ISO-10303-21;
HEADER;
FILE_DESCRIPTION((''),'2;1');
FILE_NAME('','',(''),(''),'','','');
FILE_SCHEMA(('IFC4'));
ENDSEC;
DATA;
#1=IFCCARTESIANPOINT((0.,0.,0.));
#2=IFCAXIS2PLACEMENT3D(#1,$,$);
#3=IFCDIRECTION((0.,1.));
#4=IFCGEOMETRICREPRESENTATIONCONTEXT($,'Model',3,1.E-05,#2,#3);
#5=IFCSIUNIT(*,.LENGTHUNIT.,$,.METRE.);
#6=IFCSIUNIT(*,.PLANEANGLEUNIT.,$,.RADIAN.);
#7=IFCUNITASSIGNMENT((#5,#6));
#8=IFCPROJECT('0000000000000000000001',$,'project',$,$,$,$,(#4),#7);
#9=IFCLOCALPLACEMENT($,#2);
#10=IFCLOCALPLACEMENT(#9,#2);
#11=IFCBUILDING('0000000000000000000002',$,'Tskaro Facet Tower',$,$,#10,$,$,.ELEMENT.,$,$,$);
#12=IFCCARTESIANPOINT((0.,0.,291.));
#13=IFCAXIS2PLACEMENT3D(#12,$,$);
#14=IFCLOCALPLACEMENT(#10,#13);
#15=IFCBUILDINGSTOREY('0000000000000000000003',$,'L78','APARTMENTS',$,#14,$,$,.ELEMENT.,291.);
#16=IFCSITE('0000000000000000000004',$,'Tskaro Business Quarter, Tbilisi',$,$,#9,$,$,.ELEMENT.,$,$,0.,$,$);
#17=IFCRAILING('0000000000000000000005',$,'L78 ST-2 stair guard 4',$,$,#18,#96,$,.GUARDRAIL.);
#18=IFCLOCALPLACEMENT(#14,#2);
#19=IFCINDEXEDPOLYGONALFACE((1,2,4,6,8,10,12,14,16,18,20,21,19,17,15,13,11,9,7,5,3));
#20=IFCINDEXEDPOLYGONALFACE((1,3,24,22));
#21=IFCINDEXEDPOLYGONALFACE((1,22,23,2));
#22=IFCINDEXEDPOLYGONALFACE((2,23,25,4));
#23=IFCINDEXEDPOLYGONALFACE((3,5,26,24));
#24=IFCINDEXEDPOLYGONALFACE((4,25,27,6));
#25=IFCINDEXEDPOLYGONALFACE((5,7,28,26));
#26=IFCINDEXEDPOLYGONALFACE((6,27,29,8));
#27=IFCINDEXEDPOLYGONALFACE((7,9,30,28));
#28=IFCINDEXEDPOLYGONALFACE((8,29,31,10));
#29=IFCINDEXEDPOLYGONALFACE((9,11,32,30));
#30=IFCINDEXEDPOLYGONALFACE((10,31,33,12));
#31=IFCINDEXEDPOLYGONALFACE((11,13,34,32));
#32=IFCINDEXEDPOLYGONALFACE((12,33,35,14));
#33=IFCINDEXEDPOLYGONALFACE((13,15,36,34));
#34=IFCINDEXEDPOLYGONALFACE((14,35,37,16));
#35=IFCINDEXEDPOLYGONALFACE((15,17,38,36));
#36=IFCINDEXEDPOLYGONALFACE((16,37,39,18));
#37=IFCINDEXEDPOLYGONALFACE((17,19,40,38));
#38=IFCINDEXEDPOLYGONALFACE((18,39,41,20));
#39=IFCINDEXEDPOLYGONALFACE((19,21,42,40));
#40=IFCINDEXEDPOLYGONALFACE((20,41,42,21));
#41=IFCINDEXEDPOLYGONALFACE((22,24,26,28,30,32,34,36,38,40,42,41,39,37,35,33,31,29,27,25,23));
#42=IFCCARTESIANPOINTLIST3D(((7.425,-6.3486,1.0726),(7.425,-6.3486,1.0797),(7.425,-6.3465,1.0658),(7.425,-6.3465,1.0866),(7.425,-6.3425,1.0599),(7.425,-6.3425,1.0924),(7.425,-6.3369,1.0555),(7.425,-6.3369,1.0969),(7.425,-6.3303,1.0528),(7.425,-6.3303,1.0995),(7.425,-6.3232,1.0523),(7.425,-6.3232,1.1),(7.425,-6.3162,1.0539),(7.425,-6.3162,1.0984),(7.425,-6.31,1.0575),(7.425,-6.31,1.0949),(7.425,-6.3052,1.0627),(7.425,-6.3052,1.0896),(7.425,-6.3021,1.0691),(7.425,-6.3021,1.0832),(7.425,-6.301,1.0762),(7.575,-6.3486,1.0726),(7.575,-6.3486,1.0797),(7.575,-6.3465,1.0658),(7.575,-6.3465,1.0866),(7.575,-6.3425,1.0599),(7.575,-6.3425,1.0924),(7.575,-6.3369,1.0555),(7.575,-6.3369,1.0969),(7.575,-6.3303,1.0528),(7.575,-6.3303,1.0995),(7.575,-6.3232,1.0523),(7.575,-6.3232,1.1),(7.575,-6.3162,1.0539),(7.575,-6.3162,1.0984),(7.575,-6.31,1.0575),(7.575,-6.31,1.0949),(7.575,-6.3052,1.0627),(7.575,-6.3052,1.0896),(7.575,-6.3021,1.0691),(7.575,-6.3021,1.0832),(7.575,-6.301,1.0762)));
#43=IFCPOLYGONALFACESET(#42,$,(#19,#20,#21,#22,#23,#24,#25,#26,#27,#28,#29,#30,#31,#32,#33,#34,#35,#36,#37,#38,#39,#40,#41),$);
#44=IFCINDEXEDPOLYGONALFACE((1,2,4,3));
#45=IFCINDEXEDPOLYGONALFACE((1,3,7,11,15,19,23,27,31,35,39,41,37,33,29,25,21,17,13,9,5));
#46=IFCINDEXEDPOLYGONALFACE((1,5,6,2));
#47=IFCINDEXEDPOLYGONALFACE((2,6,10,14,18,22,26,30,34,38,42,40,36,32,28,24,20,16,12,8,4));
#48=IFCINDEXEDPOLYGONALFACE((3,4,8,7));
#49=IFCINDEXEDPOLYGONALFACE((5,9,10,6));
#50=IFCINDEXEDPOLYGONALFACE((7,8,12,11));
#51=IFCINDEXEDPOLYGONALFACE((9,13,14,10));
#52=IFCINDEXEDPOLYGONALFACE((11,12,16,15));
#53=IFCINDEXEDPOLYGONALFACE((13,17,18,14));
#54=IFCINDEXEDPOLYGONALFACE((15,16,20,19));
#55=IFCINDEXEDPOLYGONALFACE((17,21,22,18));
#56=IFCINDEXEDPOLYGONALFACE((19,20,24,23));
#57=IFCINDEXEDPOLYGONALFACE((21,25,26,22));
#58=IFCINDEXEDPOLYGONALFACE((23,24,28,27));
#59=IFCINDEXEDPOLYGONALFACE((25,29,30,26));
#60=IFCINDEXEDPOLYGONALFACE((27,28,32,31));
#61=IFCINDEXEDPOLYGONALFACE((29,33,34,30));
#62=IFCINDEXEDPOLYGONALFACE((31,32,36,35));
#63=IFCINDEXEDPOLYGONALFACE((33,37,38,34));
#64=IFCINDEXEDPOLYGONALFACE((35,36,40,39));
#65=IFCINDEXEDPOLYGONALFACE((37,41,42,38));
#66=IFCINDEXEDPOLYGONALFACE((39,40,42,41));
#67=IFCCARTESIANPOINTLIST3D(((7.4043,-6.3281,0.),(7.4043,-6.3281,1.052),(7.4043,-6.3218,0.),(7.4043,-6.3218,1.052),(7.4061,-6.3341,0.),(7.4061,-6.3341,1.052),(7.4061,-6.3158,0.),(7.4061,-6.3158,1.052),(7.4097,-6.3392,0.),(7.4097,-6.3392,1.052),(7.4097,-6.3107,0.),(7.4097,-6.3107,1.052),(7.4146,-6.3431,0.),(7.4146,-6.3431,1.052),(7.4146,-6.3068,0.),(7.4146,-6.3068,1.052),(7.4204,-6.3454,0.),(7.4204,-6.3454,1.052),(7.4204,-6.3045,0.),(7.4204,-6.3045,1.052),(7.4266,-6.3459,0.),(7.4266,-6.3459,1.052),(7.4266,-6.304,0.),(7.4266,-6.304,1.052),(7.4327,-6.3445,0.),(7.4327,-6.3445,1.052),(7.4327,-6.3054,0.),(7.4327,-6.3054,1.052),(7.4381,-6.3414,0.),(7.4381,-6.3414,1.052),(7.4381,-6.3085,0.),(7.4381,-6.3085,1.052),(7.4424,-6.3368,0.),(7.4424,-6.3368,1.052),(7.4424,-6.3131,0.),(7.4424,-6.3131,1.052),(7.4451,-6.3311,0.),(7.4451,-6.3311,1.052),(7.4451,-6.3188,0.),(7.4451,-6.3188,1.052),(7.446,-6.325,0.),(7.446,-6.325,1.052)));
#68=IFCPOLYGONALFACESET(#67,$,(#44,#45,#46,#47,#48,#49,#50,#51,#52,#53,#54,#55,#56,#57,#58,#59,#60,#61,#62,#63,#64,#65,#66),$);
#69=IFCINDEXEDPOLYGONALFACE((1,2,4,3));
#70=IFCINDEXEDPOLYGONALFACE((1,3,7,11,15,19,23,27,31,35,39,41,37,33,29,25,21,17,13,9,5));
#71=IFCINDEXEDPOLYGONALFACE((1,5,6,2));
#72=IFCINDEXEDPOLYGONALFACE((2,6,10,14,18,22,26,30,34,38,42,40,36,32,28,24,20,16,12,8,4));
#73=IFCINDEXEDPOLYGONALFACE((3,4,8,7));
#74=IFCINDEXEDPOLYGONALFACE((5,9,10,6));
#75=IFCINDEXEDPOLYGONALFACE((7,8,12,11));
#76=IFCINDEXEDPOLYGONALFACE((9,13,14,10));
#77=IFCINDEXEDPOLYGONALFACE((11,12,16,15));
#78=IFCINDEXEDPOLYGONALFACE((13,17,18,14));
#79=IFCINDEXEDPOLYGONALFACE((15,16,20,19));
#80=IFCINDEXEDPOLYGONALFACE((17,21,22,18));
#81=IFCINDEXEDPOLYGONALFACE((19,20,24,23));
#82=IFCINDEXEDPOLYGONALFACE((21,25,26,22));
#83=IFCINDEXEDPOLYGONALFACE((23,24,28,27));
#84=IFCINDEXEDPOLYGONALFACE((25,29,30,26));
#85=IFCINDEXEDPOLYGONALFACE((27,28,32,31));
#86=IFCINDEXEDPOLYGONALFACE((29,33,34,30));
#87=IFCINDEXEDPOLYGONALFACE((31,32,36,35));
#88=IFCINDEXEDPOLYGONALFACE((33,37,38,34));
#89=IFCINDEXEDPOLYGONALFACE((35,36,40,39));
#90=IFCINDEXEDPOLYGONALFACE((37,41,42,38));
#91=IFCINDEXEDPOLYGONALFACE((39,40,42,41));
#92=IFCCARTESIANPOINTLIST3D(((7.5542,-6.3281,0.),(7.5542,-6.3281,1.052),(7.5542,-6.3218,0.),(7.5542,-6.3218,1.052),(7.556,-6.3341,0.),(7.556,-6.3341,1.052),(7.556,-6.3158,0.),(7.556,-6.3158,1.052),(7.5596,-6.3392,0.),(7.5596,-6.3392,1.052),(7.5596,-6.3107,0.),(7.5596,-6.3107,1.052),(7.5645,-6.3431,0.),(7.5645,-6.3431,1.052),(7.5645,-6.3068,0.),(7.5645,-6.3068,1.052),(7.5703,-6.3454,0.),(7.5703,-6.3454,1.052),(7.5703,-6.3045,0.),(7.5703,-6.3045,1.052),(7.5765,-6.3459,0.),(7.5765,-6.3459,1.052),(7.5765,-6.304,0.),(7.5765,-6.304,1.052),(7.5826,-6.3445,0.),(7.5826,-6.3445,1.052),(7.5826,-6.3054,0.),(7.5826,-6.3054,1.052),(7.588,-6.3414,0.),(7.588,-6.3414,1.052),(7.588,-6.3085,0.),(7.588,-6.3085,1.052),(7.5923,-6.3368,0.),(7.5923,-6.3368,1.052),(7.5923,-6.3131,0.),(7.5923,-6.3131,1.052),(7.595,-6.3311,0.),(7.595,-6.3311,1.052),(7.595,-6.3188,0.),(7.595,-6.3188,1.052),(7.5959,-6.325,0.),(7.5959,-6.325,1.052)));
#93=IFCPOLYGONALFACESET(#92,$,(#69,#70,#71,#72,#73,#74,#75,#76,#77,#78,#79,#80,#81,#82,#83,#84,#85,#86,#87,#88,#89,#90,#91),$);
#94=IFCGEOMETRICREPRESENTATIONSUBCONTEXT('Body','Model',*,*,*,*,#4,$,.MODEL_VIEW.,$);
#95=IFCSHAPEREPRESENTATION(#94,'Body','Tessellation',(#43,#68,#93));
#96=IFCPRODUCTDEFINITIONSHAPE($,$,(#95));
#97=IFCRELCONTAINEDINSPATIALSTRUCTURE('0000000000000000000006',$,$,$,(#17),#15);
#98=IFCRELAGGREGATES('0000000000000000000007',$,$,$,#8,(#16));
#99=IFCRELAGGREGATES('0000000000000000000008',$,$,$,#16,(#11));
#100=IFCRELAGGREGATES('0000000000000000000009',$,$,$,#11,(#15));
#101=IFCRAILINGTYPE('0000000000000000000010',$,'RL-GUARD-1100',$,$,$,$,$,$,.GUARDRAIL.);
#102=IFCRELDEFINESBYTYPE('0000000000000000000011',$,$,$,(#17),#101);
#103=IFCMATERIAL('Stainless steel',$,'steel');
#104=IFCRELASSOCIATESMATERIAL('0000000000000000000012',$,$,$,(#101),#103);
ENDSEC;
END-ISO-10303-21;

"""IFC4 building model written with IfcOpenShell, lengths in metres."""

from ifc_helpers import new_model, si_unit, direction, frame, origin, origin_2d, place, context, subcontext, project, spatial, circle, extrude, material, type_object, element, save


model = new_model("IFC4")

# Units and contexts
model_context = context("Model", 3, precision=1e-05, world=origin(), true_north=direction((0.0, 1.0)))
body_context = subcontext(model_context, "Body", "Model", "MODEL_VIEW")
ifc_project = project(units=[si_unit("LENGTHUNIT", "METRE"), si_unit("PLANEANGLEUNIT", "RADIAN")], contexts=[model_context])

# Site, building, storey
site_placement = place(None, origin())
site = spatial("IfcSite", under=ifc_project, at=site_placement, Name="Tskaro Business Quarter, Tbilisi", CompositionType="ELEMENT", RefElevation=0.0)
building_placement = place(site_placement, origin())
building = spatial("IfcBuilding", under=site, at=building_placement, Name="Tskaro Facet Tower", CompositionType="ELEMENT")
storey_placement = place(building_placement, frame((0.0, 0.0, 291.0)))
storey = spatial("IfcBuildingStorey", under=building, at=storey_placement, Name="L78", Description="APARTMENTS", CompositionType="ELEMENT", Elevation=291.0)

# Railing
ifc_material_1 = material(Name="Stainless steel", Category="steel")
railing_type_1 = type_object("IfcRailingType", Name="RL-GUARD-1100", PredefinedType="GUARDRAIL", material=ifc_material_1)
railing_1_placement = place(storey_placement, frame((7.425, -6.325, 0.0)))
element("IfcRailing", 1, at=railing_1_placement, inside=storey, type_object=railing_type_1, Name="L78 ST-2 stair guard 4", PredefinedType="GUARDRAIL", context=body_context, shape_type="SweptSolid", body=[
    extrude(circle(Radius=0.0239, at=origin_2d()), frame((0.0, 0.0, 1.0762), z_axis=(1.0, 0.0, 0.0), x_axis=(0.0, 1.0, 0.0)), (0.0, 0.0, 1.0), 0.1499),
    extrude(circle(Radius=0.021, at=origin_2d()), origin(), (0.0, 0.0, 1.0), 1.052),
    extrude(circle(Radius=0.021, at=origin_2d()), frame((0.1499, 0.0, 0.0)), (0.0, 0.0, 1.0), 1.052),
])

save(model, "model.ifc")
